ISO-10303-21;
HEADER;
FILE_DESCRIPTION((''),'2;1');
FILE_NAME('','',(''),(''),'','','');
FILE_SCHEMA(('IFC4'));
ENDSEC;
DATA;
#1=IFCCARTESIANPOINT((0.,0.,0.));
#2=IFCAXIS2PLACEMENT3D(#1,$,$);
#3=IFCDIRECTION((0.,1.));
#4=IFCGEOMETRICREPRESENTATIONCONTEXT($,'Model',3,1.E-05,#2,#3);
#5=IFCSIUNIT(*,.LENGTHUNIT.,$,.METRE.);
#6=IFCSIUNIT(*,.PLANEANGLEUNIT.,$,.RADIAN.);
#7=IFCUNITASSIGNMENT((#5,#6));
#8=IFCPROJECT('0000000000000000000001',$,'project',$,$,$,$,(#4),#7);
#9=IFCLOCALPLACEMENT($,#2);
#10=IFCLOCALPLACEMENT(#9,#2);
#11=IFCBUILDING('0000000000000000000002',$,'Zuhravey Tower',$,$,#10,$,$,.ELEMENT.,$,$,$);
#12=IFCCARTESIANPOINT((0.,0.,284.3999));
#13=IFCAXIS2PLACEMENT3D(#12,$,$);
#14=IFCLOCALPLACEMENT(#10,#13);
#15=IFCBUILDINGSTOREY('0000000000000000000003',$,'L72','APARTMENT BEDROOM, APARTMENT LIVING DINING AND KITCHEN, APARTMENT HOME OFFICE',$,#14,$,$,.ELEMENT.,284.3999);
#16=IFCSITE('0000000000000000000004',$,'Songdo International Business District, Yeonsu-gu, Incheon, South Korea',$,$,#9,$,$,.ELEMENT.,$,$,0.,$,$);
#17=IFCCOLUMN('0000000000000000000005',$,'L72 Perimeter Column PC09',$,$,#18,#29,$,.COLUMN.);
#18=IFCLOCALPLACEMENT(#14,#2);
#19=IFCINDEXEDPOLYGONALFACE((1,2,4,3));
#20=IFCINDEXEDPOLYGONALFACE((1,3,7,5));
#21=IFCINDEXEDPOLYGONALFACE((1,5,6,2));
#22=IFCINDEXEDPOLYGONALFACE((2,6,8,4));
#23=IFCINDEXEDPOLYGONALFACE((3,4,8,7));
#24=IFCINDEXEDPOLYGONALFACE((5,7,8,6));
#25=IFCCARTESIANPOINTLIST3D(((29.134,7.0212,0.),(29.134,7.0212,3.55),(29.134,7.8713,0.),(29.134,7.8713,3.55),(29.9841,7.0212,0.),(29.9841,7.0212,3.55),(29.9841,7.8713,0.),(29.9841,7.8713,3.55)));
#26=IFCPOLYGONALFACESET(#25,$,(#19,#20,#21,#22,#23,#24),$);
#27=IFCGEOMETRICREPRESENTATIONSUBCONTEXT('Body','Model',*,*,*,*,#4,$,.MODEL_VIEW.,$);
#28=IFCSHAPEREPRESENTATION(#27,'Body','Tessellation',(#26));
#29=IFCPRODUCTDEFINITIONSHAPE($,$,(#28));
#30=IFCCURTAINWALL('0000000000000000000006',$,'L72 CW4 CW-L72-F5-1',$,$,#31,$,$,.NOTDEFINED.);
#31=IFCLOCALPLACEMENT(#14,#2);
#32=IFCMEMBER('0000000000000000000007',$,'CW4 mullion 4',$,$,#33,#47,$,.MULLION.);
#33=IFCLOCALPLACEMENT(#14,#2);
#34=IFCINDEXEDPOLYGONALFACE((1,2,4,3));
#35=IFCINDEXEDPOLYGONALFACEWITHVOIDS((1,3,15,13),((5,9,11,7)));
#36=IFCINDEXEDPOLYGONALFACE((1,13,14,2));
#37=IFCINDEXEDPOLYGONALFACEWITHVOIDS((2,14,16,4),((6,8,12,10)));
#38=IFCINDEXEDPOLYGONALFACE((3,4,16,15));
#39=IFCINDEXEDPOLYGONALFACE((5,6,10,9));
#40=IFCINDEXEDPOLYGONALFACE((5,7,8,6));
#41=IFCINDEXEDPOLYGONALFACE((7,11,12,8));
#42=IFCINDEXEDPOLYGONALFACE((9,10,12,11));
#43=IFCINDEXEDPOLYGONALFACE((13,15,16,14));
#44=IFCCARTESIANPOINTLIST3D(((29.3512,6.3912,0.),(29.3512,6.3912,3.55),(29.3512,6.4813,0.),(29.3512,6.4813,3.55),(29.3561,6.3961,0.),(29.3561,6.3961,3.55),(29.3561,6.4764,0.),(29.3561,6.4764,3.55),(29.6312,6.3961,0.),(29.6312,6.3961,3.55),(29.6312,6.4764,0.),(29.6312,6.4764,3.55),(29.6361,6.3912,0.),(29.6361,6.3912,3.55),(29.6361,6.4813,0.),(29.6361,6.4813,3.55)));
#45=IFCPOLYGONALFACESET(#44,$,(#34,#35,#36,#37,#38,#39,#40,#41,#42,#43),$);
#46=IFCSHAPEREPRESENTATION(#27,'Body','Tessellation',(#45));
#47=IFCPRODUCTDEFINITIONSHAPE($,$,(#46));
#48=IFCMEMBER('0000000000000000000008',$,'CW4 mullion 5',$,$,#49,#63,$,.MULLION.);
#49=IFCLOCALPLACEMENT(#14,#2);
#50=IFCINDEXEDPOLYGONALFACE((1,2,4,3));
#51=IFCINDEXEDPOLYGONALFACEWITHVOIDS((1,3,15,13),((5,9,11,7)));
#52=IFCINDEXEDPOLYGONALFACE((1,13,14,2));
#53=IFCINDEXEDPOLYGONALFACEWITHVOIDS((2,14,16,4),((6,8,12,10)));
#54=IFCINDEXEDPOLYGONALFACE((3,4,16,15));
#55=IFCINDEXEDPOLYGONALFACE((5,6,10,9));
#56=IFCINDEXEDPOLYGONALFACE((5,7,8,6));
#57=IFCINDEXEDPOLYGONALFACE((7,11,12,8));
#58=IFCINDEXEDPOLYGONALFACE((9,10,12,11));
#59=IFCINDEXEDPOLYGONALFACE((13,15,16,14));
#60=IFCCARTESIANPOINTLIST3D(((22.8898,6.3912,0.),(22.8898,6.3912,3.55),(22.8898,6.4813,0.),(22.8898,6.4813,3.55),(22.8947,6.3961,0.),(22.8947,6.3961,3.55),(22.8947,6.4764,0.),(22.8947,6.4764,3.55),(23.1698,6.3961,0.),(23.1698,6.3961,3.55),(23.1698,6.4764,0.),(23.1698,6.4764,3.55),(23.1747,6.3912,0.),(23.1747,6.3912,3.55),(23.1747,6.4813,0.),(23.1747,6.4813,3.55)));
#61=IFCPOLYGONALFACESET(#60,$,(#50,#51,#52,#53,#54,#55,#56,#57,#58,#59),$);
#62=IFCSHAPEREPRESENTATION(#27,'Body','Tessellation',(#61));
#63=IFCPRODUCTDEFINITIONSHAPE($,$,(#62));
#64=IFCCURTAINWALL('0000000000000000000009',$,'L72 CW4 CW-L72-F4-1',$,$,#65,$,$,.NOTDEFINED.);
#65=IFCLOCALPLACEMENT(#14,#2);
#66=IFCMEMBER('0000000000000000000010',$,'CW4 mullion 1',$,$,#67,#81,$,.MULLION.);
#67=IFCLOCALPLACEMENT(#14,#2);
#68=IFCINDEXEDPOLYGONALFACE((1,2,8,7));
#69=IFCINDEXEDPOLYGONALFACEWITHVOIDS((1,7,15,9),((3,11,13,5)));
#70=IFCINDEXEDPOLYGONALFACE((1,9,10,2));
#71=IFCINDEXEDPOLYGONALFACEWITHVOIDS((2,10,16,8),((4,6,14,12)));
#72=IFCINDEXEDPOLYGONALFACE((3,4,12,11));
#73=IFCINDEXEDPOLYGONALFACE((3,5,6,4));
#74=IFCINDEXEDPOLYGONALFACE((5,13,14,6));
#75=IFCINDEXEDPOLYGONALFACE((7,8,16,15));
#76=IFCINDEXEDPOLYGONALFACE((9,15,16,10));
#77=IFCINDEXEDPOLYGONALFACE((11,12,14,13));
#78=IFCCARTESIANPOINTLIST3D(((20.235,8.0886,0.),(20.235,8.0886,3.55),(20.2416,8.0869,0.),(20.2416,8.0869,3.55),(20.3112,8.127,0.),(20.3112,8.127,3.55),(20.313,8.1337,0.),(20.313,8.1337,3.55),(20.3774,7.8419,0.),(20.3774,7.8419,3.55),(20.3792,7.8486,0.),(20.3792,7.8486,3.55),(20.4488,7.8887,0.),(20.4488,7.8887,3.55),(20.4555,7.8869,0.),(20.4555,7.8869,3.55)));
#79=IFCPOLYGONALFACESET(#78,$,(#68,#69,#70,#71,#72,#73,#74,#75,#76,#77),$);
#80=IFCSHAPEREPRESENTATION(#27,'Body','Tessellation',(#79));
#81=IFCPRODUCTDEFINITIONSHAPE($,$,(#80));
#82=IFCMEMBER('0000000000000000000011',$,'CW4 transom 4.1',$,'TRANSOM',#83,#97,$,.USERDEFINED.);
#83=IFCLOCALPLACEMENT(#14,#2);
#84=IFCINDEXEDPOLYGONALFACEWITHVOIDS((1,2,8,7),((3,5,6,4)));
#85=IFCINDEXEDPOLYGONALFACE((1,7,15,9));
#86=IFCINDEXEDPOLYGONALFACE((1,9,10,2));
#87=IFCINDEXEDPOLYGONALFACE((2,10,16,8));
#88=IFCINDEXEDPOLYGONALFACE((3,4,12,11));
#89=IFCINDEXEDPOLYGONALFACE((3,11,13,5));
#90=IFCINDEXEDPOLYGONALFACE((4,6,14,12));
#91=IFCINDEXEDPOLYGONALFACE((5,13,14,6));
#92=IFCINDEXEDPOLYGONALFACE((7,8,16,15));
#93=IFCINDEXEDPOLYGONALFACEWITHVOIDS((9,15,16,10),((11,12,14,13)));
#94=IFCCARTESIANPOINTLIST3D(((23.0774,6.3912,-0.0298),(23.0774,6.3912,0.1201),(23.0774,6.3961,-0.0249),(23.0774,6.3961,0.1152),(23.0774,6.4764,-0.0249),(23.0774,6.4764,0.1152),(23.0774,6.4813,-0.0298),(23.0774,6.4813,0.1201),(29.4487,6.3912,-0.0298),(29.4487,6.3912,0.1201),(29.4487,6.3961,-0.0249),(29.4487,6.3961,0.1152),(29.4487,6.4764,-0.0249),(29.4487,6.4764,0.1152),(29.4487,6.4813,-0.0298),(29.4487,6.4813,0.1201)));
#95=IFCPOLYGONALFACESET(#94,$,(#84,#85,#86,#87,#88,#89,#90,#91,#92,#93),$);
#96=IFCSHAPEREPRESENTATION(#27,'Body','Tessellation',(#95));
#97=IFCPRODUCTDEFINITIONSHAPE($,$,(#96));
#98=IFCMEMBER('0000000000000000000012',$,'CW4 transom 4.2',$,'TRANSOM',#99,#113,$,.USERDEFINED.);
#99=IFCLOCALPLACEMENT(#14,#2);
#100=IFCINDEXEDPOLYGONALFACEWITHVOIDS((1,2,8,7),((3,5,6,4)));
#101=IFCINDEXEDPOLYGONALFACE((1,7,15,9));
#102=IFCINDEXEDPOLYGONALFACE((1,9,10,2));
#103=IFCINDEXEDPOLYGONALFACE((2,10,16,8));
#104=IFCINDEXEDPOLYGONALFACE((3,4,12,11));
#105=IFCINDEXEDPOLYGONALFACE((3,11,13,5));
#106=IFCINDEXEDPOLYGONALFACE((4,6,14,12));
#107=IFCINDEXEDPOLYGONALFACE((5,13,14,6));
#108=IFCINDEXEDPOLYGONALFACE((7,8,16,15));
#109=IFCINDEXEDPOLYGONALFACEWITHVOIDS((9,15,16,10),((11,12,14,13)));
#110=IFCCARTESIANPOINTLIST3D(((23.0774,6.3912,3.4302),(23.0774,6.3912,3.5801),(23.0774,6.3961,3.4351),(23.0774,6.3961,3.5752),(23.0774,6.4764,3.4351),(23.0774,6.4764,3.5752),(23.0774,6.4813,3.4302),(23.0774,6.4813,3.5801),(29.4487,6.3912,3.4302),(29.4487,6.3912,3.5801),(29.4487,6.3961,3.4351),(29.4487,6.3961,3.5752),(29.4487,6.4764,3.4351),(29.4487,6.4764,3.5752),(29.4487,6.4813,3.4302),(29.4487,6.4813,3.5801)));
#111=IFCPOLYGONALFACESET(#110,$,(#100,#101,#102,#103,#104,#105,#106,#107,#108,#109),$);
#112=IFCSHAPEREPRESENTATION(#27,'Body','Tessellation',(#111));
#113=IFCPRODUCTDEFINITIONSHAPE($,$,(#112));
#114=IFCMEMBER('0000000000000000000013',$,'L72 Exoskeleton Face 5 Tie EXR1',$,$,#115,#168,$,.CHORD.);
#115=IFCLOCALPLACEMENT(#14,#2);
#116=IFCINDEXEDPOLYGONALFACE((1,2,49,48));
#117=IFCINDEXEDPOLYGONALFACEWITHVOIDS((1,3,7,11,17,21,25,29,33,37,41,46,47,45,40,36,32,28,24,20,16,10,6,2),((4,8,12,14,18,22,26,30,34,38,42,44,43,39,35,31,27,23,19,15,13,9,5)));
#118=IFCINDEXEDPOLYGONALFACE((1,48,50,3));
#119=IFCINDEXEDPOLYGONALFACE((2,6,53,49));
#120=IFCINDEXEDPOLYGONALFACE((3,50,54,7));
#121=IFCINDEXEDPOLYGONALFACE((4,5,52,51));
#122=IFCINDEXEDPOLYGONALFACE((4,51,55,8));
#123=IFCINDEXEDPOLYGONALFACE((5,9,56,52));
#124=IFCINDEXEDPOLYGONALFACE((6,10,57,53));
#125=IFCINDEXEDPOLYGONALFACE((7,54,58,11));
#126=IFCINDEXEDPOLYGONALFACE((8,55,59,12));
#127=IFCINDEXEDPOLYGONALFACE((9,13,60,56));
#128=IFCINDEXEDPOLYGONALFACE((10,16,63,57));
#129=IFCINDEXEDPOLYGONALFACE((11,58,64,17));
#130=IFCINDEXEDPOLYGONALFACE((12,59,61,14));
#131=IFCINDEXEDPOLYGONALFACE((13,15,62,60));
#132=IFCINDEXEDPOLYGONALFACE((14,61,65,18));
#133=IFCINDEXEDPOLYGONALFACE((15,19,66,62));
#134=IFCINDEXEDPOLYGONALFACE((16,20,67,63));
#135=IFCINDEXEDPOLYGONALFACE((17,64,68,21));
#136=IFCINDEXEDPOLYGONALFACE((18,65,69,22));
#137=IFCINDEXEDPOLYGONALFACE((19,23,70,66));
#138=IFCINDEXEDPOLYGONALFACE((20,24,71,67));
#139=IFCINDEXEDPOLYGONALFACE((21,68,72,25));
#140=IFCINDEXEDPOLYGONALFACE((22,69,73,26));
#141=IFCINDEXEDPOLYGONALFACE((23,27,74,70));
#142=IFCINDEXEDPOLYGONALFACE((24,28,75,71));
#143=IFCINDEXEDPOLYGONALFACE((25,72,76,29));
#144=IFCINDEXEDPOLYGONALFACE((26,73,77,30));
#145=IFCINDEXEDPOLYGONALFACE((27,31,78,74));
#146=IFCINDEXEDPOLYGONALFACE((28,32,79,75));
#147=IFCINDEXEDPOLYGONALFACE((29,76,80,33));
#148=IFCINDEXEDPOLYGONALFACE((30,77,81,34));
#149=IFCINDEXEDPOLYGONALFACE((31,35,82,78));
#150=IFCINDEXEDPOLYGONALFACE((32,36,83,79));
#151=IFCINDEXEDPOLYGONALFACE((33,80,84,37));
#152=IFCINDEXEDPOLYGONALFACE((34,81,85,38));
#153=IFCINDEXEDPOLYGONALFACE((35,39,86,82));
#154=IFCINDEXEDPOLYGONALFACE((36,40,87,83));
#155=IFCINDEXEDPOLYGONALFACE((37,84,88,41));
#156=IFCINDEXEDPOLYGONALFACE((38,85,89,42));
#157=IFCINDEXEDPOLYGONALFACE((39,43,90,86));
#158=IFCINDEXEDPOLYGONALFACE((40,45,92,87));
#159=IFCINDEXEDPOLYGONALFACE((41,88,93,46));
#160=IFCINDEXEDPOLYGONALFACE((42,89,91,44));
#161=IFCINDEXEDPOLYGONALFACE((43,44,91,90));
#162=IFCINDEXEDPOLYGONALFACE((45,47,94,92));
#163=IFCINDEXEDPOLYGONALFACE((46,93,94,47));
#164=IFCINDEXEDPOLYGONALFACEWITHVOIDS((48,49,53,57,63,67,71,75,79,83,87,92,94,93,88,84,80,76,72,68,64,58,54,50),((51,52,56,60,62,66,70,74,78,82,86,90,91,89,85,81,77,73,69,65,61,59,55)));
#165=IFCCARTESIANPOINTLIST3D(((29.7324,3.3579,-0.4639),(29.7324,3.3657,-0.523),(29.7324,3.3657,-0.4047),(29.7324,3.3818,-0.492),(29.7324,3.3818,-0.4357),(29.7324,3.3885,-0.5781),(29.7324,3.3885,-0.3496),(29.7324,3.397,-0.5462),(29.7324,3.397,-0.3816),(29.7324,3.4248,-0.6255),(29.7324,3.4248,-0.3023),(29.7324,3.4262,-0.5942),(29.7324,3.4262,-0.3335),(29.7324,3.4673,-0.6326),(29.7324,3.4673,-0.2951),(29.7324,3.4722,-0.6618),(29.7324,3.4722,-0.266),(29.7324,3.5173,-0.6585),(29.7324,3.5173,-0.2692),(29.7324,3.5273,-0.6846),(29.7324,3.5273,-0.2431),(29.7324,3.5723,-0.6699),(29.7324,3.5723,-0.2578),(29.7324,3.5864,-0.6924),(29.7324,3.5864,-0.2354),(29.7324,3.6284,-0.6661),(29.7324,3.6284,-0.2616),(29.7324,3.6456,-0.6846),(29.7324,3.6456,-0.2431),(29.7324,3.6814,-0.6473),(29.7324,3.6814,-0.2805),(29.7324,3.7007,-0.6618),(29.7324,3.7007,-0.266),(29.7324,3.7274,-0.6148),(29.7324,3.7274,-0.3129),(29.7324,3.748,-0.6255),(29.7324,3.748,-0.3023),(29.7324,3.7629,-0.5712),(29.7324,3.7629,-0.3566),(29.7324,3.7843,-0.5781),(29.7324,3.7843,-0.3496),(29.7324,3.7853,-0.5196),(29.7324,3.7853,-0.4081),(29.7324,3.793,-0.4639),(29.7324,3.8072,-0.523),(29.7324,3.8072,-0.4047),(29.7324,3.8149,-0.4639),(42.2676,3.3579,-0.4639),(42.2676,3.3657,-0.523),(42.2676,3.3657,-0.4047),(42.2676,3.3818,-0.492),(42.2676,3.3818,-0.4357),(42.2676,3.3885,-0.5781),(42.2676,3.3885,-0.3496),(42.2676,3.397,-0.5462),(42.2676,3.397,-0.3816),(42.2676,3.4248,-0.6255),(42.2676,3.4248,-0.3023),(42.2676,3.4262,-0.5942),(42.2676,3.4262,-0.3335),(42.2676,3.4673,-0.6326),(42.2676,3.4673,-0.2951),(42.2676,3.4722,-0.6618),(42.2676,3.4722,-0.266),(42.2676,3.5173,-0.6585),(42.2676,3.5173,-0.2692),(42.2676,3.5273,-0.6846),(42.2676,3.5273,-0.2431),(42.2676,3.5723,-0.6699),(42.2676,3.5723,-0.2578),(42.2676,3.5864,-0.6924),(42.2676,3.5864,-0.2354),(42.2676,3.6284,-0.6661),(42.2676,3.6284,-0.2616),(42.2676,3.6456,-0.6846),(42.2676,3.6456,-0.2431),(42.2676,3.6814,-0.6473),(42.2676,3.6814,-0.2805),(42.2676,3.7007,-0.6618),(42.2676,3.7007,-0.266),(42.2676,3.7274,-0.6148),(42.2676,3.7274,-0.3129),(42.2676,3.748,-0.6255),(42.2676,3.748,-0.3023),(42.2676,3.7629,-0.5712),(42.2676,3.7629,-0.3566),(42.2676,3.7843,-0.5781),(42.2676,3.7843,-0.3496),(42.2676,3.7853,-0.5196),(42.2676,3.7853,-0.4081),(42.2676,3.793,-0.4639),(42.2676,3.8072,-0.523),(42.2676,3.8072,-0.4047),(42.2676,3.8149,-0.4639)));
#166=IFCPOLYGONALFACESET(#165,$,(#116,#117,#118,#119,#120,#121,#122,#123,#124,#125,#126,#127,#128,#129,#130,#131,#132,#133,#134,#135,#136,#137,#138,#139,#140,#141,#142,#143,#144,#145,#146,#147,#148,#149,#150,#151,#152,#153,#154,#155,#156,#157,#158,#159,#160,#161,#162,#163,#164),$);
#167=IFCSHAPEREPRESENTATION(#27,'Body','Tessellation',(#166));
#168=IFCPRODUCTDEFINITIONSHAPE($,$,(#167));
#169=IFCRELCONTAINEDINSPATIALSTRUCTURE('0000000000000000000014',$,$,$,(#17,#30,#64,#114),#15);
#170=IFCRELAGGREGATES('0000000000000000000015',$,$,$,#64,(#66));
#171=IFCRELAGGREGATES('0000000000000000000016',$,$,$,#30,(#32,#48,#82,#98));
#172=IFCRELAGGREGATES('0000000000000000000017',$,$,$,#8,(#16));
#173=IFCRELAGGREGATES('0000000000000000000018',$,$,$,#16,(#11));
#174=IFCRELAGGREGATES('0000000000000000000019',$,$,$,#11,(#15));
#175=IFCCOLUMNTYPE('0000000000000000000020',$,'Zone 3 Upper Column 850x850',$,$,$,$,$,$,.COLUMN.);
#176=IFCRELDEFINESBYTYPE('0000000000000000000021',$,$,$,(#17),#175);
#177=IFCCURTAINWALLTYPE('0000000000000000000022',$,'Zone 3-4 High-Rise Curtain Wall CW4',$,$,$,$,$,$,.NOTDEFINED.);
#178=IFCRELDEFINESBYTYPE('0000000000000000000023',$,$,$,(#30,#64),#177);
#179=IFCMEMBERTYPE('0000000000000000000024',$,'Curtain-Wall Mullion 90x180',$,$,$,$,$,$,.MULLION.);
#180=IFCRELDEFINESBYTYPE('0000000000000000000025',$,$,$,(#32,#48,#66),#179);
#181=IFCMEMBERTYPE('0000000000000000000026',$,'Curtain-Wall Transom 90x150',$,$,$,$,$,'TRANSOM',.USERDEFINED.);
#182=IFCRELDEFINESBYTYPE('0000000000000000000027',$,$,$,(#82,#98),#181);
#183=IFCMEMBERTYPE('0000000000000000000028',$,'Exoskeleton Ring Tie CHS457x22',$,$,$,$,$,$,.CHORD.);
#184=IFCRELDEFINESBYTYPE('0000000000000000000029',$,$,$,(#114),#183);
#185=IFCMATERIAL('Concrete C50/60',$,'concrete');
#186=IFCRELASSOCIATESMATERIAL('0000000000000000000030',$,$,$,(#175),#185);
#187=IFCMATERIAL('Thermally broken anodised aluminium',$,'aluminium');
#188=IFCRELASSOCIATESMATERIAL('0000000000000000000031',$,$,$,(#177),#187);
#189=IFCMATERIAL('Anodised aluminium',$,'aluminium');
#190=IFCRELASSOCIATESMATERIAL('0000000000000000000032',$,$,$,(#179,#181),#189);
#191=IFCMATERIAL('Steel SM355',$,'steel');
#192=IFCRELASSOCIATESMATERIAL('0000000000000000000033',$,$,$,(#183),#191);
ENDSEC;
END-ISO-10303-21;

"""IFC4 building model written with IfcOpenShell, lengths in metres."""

from ifc_helpers import new_model, si_unit, direction, frame, origin, origin_2d, place, context, subcontext, project, spatial, rectangle, hollow_rectangle, hollow_circle, extrude, material, material_profile, profile_set, type_object, element, aggregate, save


model = new_model("IFC4")

# Units and contexts
model_context = context("Model", 3, precision=1e-05, world=origin(), true_north=direction((0.0, 1.0)))
body_context = subcontext(model_context, "Body", "Model", "MODEL_VIEW")
ifc_project = project(units=[si_unit("LENGTHUNIT", "METRE"), si_unit("PLANEANGLEUNIT", "RADIAN")], contexts=[model_context])

# Site, building, storey
site_placement = place(None, origin())
site = spatial("IfcSite", under=ifc_project, at=site_placement, Name="Songdo International Business District, Yeonsu-gu, Incheon, South Korea", CompositionType="ELEMENT", RefElevation=0.0)
building_placement = place(site_placement, origin())
building = spatial("IfcBuilding", under=site, at=building_placement, Name="Zuhravey Tower", CompositionType="ELEMENT")
storey_placement = place(building_placement, frame((0.0, 0.0, 284.3999)))
storey = spatial("IfcBuildingStorey", under=building, at=storey_placement, Name="L72", Description="APARTMENT BEDROOM, APARTMENT LIVING DINING AND KITCHEN, APARTMENT HOME OFFICE", CompositionType="ELEMENT", Elevation=284.3999)

# Column
ifc_material_1 = material(Name="Concrete C50/60", Category="concrete")
ifc_material_profile_1 = material_profile(ifc_material_1, rectangle(XDim=0.8501, YDim=0.8501, at=origin_2d()), Name="RC-850x850")
ifc_profile_set_1 = profile_set([ifc_material_profile_1], Name="Concrete C50/60")
column_type = type_object("IfcColumnType", Name="Zone 3 Upper Column 850x850", PredefinedType="COLUMN", material=ifc_profile_set_1)
column_placement = place(storey_placement, frame((29.5591, 7.4463, 0.0), z_axis=(0.0, 0.0, 1.0), x_axis=(1.0, 0.0, 0.0)))
element("IfcColumn", 1, at=column_placement, inside=storey, type_object=column_type, Name="L72 Perimeter Column PC09", PredefinedType="COLUMN", context=body_context, shape_type="SweptSolid", body=[
    extrude(rectangle(XDim=0.8501, YDim=0.8501, at=origin_2d()), origin(), (0.0, 0.0, 1.0), 3.55),
])

# Curtain wall, members
ifc_material_2 = material(Name="Thermally broken anodised aluminium", Category="aluminium")
curtain_wall_type = type_object("IfcCurtainWallType", Name="Zone 3-4 High-Rise Curtain Wall CW4", PredefinedType="NOTDEFINED", material=ifc_material_2)
curtain_wall_1_placement = place(storey_placement, origin())
curtain_wall_1 = element("IfcCurtainWall", 2, at=curtain_wall_1_placement, inside=storey, type_object=curtain_wall_type, Name="L72 CW4 CW-L72-F5-1", PredefinedType="NOTDEFINED")
ifc_material_3 = material(Name="Anodised aluminium", Category="aluminium")
ifc_material_profile_2 = material_profile(ifc_material_3, hollow_rectangle(XDim=0.0901, YDim=0.2849, WallThickness=0.0049, at=origin_2d()), Name="ALU-RHS-90x285x5")
ifc_profile_set_2 = profile_set([ifc_material_profile_2], Name="Anodised aluminium")
member_type_1 = type_object("IfcMemberType", Name="Curtain-Wall Mullion 90x180", PredefinedType="MULLION", material=ifc_profile_set_2)
member_1_placement = place(storey_placement, frame((29.4937, 6.4363, 0.0), z_axis=(0.0, 0.0, 1.0), x_axis=(0.0, -1.0, 0.0)))
member_1 = element("IfcMember", 3, at=member_1_placement, type_object=member_type_1, Name="CW4 mullion 4", PredefinedType="MULLION", context=body_context, shape_type="SweptSolid", body=[
    extrude(hollow_rectangle(XDim=0.0901, YDim=0.2849, WallThickness=0.0049, at=origin_2d()), origin(), (0.0, 0.0, 1.0), 3.55),
])
member_2_placement = place(storey_placement, frame((23.0322, 6.4363, 0.0), z_axis=(0.0, 0.0, 1.0), x_axis=(0.0, -1.0, 0.0)))
member_2 = element("IfcMember", 4, at=member_2_placement, type_object=member_type_1, Name="CW4 mullion 5", PredefinedType="MULLION", context=body_context, shape_type="SweptSolid", body=[
    extrude(hollow_rectangle(XDim=0.0901, YDim=0.2849, WallThickness=0.0049, at=origin_2d()), origin(), (0.0, 0.0, 1.0), 3.55),
])

# Curtain wall, member
curtain_wall_2_placement = place(storey_placement, origin())
curtain_wall_2 = element("IfcCurtainWall", 5, at=curtain_wall_2_placement, inside=storey, type_object=curtain_wall_type, Name="L72 CW4 CW-L72-F4-1", PredefinedType="NOTDEFINED")
member_3_placement = place(storey_placement, frame((20.3452, 7.9878, 0.0), z_axis=(0.0, 0.0, 1.0), x_axis=(-0.866021, -0.500007, 0.0)))
member_3 = element("IfcMember", 6, at=member_3_placement, type_object=member_type_1, Name="CW4 mullion 1", PredefinedType="MULLION", context=body_context, shape_type="SweptSolid", body=[
    extrude(hollow_rectangle(XDim=0.0901, YDim=0.2849, WallThickness=0.0049, at=origin_2d()), origin(), (0.0, 0.0, 1.0), 3.55),
])
aggregate(curtain_wall_2, [member_3])

# Members
ifc_material_profile_3 = material_profile(ifc_material_3, hollow_rectangle(XDim=0.0901, YDim=0.1499, WallThickness=0.0049, at=origin_2d()), Name="ALU-RHS-90x150x5")
ifc_profile_set_3 = profile_set([ifc_material_profile_3], Name="Anodised aluminium")
member_type_2 = type_object("IfcMemberType", Name="Curtain-Wall Transom 90x150", ElementType="TRANSOM", PredefinedType="USERDEFINED", material=ifc_profile_set_3)
member_4_placement = place(storey_placement, frame((29.4487, 6.4363, 0.0452), z_axis=(-1.0, 0.0, 0.0), x_axis=(0.0, -1.0, 0.0)))
member_4 = element("IfcMember", 7, at=member_4_placement, type_object=member_type_2, Name="CW4 transom 4.1", ObjectType="TRANSOM", PredefinedType="USERDEFINED", context=body_context, shape_type="SweptSolid", body=[
    extrude(hollow_rectangle(XDim=0.0901, YDim=0.1499, WallThickness=0.0049, at=origin_2d()), origin(), (0.0, 0.0, 1.0), 6.3713),
])
member_5_placement = place(storey_placement, frame((29.4487, 6.4363, 3.5051), z_axis=(-1.0, 0.0, 0.0), x_axis=(0.0, -1.0, 0.0)))
member_5 = element("IfcMember", 8, at=member_5_placement, type_object=member_type_2, Name="CW4 transom 4.2", ObjectType="TRANSOM", PredefinedType="USERDEFINED", context=body_context, shape_type="SweptSolid", body=[
    extrude(hollow_rectangle(XDim=0.0901, YDim=0.1499, WallThickness=0.0049, at=origin_2d()), origin(), (0.0, 0.0, 1.0), 6.3713),
])

# Member
ifc_material_4 = material(Name="Steel SM355", Category="steel")
ifc_material_profile_4 = material_profile(ifc_material_4, hollow_circle(Radius=0.2285, WallThickness=0.022, at=origin_2d()), Name="CHS-457.2x22")
ifc_profile_set_4 = profile_set([ifc_material_profile_4], Name="Steel SM355")
member_type_3 = type_object("IfcMemberType", Name="Exoskeleton Ring Tie CHS457x22", PredefinedType="CHORD", material=ifc_profile_set_4)
member_6_placement = place(storey_placement, frame((29.7324, 3.5864, -0.4639), z_axis=(1.0, 0.0, 0.0), x_axis=(0.0, 1.0, 0.0)))
element("IfcMember", 9, at=member_6_placement, inside=storey, type_object=member_type_3, Name="L72 Exoskeleton Face 5 Tie EXR1", PredefinedType="CHORD", context=body_context, shape_type="SweptSolid", body=[
    extrude(hollow_circle(Radius=0.2285, WallThickness=0.022, at=origin_2d()), origin(), (0.0, 0.0, 1.0), 12.5352),
])

aggregate(curtain_wall_1, [member_1, member_2, member_4, member_5])

save(model, "model.ifc")
